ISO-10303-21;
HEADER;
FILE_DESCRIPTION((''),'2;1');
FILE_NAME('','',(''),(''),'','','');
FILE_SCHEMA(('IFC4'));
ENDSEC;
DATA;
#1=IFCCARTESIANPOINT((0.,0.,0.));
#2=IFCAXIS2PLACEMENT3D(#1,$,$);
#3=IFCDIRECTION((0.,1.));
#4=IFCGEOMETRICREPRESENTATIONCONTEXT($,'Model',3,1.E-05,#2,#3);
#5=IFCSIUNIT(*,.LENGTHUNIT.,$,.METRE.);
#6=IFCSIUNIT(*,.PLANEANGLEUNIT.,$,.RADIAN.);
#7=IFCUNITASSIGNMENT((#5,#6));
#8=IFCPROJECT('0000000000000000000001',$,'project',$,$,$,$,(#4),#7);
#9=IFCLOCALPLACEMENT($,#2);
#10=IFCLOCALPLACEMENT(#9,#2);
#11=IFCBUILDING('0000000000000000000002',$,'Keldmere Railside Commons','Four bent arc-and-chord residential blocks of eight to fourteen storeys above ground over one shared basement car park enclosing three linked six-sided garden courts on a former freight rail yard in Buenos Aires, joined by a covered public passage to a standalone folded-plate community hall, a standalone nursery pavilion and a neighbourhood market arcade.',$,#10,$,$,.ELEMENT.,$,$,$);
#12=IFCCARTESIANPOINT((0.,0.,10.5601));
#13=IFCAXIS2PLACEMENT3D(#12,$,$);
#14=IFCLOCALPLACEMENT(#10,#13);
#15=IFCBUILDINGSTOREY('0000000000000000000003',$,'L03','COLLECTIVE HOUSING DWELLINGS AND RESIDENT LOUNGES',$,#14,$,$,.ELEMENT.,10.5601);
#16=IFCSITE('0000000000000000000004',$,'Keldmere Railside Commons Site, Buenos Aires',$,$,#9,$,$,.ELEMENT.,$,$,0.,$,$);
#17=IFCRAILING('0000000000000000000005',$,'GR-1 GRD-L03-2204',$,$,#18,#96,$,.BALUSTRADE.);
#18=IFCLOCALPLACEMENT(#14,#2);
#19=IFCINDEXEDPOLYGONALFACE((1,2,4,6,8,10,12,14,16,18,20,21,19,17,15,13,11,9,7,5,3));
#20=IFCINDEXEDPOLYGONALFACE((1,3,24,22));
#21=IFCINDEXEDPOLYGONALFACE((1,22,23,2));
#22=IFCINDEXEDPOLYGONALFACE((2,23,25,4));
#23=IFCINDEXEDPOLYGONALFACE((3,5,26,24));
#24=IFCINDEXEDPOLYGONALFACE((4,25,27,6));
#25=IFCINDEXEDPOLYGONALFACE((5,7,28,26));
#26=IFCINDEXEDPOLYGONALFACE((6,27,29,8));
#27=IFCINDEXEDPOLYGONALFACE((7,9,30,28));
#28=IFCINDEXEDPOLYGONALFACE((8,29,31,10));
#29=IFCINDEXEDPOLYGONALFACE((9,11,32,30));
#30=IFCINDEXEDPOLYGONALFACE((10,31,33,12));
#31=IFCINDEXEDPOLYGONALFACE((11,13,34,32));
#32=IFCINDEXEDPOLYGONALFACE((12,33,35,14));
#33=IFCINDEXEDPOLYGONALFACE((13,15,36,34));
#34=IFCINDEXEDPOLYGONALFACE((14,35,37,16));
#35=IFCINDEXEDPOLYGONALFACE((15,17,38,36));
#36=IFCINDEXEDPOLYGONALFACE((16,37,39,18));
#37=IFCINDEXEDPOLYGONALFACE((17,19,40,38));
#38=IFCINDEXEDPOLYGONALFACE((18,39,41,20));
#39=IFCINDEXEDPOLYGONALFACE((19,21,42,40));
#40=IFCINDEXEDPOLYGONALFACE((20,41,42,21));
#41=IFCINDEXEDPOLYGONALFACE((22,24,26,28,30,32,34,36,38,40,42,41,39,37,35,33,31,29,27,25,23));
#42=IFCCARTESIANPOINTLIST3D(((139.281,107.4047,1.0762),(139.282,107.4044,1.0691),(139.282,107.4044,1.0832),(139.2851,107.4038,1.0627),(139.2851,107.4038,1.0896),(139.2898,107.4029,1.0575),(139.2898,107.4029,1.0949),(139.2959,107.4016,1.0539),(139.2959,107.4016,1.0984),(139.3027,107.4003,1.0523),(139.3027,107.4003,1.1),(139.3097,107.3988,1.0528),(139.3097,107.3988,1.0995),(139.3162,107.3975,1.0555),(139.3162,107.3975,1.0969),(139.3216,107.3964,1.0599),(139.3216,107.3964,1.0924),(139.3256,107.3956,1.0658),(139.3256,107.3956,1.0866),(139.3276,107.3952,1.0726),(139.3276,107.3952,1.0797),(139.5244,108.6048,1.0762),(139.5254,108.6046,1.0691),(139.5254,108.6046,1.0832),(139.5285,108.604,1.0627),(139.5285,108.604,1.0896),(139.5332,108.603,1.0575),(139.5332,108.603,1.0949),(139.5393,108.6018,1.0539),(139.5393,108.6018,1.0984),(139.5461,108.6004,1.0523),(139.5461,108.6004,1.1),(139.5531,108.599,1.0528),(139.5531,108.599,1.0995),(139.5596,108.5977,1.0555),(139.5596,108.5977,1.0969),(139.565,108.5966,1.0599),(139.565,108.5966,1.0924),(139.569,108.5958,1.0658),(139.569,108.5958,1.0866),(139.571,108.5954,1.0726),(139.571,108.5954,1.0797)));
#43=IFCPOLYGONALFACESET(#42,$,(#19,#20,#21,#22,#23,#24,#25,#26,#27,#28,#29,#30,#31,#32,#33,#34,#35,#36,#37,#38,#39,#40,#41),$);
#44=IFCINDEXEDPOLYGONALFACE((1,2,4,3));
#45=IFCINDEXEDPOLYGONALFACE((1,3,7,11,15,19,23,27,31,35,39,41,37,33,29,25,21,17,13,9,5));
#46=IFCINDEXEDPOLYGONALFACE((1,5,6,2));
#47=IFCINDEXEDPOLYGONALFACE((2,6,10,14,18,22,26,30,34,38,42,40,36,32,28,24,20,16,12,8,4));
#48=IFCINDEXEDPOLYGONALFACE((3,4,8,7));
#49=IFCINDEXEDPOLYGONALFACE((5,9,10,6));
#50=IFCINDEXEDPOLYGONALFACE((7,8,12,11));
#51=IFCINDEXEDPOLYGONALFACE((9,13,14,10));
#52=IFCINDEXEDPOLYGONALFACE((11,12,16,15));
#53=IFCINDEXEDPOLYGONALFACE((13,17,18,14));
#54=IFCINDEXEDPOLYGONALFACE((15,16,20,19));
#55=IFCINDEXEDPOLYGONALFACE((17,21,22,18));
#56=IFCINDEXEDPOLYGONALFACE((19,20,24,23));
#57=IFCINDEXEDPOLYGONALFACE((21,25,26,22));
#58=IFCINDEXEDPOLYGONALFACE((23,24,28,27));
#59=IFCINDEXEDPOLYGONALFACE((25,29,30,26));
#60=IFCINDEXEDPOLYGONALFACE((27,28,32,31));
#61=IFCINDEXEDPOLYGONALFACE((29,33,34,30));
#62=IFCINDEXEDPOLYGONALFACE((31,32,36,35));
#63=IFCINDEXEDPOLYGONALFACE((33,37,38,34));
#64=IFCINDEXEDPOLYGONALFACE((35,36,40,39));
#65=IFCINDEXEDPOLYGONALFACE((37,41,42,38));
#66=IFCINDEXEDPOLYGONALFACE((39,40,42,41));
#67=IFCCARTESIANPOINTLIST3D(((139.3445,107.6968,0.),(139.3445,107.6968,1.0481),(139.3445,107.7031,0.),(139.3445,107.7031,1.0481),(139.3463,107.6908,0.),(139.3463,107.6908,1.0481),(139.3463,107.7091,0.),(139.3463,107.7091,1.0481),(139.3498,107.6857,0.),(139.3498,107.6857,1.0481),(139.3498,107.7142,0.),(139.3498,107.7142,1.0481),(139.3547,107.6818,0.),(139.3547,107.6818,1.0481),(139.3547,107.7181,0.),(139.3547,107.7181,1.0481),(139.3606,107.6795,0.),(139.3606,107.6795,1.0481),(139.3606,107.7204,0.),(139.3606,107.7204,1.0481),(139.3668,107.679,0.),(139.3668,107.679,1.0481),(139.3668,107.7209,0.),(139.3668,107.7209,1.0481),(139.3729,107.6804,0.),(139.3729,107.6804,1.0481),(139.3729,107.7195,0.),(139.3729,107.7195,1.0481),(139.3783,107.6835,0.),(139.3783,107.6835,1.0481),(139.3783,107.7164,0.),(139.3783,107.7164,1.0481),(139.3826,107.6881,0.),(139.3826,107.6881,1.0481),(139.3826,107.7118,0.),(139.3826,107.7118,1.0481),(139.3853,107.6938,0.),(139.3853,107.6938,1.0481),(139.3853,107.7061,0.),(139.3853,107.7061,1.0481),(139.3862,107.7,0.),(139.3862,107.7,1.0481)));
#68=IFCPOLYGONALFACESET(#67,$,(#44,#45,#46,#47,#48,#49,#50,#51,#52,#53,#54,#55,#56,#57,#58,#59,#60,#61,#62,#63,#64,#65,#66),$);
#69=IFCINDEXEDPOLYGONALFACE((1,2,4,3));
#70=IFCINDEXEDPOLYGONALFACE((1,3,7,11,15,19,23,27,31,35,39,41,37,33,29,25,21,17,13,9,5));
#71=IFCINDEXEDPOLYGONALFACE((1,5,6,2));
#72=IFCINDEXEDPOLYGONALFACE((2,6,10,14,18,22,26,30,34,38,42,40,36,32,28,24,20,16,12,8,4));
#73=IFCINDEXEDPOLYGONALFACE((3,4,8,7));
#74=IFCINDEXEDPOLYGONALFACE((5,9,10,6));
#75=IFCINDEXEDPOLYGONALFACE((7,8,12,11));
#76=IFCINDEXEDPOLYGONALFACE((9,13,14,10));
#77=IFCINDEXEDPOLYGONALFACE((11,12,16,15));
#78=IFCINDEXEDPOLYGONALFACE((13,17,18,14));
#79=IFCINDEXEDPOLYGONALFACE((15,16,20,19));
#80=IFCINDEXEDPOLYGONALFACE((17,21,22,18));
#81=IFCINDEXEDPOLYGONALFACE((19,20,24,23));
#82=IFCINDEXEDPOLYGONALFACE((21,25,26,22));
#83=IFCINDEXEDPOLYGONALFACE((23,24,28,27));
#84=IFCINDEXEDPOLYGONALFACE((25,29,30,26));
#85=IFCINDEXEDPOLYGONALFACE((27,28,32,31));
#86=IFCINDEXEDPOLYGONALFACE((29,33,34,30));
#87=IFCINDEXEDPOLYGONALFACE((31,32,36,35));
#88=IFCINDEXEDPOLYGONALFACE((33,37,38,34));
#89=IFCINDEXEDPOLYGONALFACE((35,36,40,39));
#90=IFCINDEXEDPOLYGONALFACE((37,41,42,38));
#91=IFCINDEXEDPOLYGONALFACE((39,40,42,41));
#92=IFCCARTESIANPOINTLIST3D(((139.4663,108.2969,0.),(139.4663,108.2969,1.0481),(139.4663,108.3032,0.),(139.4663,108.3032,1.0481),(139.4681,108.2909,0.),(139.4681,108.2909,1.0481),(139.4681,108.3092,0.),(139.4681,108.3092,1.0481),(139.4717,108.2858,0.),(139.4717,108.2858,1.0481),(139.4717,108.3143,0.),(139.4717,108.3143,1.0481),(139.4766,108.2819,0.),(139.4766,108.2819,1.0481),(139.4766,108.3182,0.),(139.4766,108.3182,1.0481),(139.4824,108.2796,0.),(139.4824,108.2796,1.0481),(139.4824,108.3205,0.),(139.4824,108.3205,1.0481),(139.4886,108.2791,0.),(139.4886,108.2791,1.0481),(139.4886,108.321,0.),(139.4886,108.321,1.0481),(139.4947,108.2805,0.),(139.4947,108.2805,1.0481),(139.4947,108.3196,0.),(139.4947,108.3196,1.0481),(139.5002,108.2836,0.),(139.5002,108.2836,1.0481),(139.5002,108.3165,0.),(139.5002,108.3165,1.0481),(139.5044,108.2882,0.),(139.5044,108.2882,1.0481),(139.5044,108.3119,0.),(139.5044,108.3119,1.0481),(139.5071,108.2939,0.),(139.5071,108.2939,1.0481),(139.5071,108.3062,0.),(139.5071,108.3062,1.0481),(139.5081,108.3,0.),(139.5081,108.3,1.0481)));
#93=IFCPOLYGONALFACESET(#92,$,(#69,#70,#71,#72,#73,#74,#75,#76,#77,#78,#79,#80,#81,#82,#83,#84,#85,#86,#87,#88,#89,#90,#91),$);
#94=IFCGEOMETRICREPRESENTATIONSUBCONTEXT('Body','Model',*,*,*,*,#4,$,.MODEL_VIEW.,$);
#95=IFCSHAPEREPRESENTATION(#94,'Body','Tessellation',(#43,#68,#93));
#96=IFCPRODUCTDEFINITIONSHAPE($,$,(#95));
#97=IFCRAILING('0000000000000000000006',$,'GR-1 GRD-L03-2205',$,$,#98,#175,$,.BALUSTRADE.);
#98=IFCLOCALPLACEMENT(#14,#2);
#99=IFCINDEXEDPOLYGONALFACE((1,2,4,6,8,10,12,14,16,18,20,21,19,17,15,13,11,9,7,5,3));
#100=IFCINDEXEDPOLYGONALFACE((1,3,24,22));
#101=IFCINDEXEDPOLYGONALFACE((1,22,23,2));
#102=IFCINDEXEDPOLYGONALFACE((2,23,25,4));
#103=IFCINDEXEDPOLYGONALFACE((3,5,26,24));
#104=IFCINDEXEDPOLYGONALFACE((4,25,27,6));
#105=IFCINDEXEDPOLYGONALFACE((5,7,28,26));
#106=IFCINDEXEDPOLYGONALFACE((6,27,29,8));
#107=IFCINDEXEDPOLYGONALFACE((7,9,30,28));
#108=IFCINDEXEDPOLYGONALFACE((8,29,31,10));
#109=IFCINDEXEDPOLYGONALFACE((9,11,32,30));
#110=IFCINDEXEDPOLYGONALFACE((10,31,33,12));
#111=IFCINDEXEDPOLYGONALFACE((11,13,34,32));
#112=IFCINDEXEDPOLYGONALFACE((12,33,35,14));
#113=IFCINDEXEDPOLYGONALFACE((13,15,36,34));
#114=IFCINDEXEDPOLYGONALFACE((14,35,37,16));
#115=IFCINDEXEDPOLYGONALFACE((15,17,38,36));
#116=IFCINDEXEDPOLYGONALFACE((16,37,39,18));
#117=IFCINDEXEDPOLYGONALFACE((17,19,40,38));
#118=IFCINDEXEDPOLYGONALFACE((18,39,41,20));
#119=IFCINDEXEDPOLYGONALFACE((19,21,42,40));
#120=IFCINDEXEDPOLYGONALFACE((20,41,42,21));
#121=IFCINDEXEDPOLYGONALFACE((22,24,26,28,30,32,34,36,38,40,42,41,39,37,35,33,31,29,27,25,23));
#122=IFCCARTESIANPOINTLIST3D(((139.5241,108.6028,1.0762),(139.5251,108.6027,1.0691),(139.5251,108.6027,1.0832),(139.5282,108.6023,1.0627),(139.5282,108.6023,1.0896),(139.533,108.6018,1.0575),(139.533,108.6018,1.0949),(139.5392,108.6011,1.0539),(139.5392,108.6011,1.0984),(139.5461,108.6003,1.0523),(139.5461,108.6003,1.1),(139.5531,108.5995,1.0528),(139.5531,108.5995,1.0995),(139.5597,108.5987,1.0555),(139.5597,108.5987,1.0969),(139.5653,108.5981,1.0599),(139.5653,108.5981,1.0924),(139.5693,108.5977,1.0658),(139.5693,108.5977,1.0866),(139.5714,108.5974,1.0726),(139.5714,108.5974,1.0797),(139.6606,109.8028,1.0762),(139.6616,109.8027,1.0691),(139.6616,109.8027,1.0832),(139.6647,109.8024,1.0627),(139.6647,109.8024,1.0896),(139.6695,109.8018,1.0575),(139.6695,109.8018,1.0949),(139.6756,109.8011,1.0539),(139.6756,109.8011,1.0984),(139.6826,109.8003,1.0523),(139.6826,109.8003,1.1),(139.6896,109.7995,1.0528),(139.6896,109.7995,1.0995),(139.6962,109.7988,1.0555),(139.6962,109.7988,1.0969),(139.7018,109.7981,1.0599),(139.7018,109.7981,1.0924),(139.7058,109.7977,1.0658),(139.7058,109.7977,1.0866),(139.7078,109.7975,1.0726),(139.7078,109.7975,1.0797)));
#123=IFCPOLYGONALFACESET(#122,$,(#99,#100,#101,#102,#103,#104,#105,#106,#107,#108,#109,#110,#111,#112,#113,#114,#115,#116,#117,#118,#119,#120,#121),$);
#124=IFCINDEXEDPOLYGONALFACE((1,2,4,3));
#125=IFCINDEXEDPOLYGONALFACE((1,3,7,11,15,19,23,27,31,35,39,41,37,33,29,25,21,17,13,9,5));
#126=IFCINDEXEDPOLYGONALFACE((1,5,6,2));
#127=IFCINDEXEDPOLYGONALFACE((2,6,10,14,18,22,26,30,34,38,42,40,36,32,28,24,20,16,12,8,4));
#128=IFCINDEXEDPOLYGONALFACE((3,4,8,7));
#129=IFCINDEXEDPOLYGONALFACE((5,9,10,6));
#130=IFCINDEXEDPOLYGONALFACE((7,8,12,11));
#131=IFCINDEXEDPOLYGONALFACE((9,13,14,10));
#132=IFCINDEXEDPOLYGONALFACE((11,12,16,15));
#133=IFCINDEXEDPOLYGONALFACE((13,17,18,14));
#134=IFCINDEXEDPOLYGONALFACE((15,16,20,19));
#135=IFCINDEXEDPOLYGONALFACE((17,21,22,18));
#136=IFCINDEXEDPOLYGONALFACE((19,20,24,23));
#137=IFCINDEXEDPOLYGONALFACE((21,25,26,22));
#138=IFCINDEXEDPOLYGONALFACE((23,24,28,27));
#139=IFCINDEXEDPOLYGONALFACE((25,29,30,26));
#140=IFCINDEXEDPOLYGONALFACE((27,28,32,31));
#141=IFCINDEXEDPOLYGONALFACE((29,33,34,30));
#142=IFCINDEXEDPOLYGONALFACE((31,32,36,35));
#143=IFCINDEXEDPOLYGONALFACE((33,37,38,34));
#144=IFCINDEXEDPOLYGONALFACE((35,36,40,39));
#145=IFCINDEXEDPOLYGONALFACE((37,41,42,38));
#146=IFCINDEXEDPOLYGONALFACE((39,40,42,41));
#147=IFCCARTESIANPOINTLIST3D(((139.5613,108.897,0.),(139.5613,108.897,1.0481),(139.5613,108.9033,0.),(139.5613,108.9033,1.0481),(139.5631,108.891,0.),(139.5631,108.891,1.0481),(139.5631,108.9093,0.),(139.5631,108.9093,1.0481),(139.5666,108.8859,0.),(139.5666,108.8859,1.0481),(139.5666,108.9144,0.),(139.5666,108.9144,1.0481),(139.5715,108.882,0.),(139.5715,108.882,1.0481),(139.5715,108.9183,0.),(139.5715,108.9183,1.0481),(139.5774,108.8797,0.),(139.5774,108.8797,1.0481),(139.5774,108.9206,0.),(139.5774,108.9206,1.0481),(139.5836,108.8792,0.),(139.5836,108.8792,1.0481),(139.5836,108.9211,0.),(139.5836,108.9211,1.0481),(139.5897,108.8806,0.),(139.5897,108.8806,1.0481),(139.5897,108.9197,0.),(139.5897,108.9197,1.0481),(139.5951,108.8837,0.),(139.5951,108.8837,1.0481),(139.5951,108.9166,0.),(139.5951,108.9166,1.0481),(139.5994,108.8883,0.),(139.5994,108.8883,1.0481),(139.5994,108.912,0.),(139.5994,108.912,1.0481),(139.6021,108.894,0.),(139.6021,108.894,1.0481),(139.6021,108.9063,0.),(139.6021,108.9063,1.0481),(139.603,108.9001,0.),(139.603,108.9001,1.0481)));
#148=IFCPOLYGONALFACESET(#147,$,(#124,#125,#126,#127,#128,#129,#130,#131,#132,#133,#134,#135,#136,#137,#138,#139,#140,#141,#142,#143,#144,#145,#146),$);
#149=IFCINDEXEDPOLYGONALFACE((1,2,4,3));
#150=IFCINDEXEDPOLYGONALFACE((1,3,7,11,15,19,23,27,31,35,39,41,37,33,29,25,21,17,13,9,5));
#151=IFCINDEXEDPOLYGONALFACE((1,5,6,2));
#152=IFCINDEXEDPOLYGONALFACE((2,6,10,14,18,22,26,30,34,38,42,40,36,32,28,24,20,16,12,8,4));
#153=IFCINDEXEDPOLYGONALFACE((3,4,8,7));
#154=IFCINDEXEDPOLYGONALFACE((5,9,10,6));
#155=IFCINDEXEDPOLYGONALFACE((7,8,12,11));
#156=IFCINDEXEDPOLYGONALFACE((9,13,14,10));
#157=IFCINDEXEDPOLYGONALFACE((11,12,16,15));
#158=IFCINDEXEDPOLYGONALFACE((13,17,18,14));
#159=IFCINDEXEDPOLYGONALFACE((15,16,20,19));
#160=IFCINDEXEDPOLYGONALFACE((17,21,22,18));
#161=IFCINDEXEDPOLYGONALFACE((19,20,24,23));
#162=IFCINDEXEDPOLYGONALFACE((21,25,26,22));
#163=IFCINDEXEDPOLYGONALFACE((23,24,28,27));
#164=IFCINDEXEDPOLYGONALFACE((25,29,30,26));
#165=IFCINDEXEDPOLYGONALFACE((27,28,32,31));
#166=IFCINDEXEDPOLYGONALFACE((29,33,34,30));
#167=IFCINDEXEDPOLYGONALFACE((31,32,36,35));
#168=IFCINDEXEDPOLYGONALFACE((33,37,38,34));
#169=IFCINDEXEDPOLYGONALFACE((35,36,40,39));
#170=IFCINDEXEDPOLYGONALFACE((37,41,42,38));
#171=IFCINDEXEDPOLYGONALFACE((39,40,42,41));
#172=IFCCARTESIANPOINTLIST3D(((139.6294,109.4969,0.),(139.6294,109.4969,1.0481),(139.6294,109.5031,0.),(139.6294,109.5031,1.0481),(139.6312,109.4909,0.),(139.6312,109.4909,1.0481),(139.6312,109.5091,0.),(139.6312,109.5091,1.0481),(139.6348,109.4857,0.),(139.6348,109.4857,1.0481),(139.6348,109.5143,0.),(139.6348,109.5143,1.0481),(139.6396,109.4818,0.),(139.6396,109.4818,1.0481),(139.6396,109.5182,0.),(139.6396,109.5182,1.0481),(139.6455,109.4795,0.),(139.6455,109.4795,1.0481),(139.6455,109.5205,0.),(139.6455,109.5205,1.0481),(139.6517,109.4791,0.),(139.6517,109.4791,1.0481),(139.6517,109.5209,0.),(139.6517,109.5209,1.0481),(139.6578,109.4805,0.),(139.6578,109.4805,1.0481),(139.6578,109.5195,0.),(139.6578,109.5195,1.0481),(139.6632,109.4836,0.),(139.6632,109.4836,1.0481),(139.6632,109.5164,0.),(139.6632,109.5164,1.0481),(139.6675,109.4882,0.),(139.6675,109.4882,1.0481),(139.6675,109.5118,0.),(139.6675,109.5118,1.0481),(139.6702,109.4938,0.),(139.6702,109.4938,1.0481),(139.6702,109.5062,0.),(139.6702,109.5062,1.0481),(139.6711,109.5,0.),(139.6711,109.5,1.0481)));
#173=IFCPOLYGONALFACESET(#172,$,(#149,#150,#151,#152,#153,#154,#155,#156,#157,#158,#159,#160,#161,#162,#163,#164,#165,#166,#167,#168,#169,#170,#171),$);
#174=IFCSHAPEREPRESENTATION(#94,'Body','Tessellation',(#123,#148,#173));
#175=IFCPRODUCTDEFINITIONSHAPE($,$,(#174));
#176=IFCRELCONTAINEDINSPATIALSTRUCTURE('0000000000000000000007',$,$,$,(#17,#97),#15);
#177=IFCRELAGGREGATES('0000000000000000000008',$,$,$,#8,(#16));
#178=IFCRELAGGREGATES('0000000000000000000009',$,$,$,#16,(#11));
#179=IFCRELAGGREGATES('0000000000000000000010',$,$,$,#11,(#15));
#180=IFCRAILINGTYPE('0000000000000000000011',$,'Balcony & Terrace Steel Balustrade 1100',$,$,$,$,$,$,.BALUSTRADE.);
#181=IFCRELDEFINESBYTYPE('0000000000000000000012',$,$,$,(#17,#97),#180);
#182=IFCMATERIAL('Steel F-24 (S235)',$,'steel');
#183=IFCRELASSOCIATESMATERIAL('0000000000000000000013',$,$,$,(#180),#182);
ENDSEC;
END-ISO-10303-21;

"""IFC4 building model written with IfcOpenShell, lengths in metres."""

from ifc_helpers import new_model, si_unit, direction, frame, origin, origin_2d, place, context, subcontext, project, spatial, circle, extrude, material, type_object, element, save


model = new_model("IFC4")

# Units and contexts
model_context = context("Model", 3, precision=1e-05, world=origin(), true_north=direction((0.0, 1.0)))
body_context = subcontext(model_context, "Body", "Model", "MODEL_VIEW")
ifc_project = project(units=[si_unit("LENGTHUNIT", "METRE"), si_unit("PLANEANGLEUNIT", "RADIAN")], contexts=[model_context])

# Site, building, storey
site_placement = place(None, origin())
site = spatial("IfcSite", under=ifc_project, at=site_placement, Name="Keldmere Railside Commons Site, Buenos Aires", CompositionType="ELEMENT", RefElevation=0.0)
building_placement = place(site_placement, origin())
building = spatial("IfcBuilding", under=site, at=building_placement, Name="Keldmere Railside Commons", Description="Four bent arc-and-chord residential blocks of eight to fourteen storeys above ground over one shared basement car park enclosing three linked six-sided garden courts on a former freight rail yard in Buenos Aires, joined by a covered public passage to a standalone folded-plate community hall, a standalone nursery pavilion and a neighbourhood market arcade.", CompositionType="ELEMENT")
storey_placement = place(building_placement, frame((0.0, 0.0, 10.5601)))
storey = spatial("IfcBuildingStorey", under=building, at=storey_placement, Name="L03", Description="COLLECTIVE HOUSING DWELLINGS AND RESIDENT LOUNGES", CompositionType="ELEMENT", Elevation=10.5601)

# Railings
ifc_material_1 = material(Name="Steel F-24 (S235)", Category="steel")
railing_type = type_object("IfcRailingType", Name="Balcony & Terrace Steel Balustrade 1100", PredefinedType="BALUSTRADE", material=ifc_material_1)
railing_1_placement = place(storey_placement, frame((139.3044, 107.3999, 0.0)))
element("IfcRailing", 1, at=railing_1_placement, inside=storey, type_object=railing_type, Name="GR-1 GRD-L03-2204", PredefinedType="BALUSTRADE", context=body_context, shape_type="SweptSolid", body=[
    extrude(circle(Radius=0.0239, at=origin_2d()), frame((0.0, 0.0, 1.0762), z_axis=(0.198761, 0.980048, 0.0), x_axis=(-0.980048, 0.198761, 0.0)), (0.0, 0.0, 1.0), 1.2246),
    extrude(circle(Radius=0.021, at=origin_2d()), frame((0.0608, 0.3, 0.0)), (0.0, 0.0, 1.0), 1.0481),
    extrude(circle(Radius=0.021, at=origin_2d()), frame((0.1826, 0.9001, 0.0)), (0.0, 0.0, 1.0), 1.0481),
])
railing_2_placement = place(storey_placement, frame((139.5479, 108.6001, 0.0)))
element("IfcRailing", 2, at=railing_2_placement, inside=storey, type_object=railing_type, Name="GR-1 GRD-L03-2205", PredefinedType="BALUSTRADE", context=body_context, shape_type="SweptSolid", body=[
    extrude(circle(Radius=0.0239, at=origin_2d()), frame((0.0, 0.0, 1.0762), z_axis=(0.113005, 0.993594, 0.0), x_axis=(-0.993594, 0.113005, 0.0)), (0.0, 0.0, 1.0), 1.2078),
    extrude(circle(Radius=0.021, at=origin_2d()), frame((0.0342, 0.3, 0.0)), (0.0, 0.0, 1.0), 1.0481),
    extrude(circle(Radius=0.021, at=origin_2d()), frame((0.1023, 0.8999, 0.0)), (0.0, 0.0, 1.0), 1.0481),
])

save(model, "model.ifc")
